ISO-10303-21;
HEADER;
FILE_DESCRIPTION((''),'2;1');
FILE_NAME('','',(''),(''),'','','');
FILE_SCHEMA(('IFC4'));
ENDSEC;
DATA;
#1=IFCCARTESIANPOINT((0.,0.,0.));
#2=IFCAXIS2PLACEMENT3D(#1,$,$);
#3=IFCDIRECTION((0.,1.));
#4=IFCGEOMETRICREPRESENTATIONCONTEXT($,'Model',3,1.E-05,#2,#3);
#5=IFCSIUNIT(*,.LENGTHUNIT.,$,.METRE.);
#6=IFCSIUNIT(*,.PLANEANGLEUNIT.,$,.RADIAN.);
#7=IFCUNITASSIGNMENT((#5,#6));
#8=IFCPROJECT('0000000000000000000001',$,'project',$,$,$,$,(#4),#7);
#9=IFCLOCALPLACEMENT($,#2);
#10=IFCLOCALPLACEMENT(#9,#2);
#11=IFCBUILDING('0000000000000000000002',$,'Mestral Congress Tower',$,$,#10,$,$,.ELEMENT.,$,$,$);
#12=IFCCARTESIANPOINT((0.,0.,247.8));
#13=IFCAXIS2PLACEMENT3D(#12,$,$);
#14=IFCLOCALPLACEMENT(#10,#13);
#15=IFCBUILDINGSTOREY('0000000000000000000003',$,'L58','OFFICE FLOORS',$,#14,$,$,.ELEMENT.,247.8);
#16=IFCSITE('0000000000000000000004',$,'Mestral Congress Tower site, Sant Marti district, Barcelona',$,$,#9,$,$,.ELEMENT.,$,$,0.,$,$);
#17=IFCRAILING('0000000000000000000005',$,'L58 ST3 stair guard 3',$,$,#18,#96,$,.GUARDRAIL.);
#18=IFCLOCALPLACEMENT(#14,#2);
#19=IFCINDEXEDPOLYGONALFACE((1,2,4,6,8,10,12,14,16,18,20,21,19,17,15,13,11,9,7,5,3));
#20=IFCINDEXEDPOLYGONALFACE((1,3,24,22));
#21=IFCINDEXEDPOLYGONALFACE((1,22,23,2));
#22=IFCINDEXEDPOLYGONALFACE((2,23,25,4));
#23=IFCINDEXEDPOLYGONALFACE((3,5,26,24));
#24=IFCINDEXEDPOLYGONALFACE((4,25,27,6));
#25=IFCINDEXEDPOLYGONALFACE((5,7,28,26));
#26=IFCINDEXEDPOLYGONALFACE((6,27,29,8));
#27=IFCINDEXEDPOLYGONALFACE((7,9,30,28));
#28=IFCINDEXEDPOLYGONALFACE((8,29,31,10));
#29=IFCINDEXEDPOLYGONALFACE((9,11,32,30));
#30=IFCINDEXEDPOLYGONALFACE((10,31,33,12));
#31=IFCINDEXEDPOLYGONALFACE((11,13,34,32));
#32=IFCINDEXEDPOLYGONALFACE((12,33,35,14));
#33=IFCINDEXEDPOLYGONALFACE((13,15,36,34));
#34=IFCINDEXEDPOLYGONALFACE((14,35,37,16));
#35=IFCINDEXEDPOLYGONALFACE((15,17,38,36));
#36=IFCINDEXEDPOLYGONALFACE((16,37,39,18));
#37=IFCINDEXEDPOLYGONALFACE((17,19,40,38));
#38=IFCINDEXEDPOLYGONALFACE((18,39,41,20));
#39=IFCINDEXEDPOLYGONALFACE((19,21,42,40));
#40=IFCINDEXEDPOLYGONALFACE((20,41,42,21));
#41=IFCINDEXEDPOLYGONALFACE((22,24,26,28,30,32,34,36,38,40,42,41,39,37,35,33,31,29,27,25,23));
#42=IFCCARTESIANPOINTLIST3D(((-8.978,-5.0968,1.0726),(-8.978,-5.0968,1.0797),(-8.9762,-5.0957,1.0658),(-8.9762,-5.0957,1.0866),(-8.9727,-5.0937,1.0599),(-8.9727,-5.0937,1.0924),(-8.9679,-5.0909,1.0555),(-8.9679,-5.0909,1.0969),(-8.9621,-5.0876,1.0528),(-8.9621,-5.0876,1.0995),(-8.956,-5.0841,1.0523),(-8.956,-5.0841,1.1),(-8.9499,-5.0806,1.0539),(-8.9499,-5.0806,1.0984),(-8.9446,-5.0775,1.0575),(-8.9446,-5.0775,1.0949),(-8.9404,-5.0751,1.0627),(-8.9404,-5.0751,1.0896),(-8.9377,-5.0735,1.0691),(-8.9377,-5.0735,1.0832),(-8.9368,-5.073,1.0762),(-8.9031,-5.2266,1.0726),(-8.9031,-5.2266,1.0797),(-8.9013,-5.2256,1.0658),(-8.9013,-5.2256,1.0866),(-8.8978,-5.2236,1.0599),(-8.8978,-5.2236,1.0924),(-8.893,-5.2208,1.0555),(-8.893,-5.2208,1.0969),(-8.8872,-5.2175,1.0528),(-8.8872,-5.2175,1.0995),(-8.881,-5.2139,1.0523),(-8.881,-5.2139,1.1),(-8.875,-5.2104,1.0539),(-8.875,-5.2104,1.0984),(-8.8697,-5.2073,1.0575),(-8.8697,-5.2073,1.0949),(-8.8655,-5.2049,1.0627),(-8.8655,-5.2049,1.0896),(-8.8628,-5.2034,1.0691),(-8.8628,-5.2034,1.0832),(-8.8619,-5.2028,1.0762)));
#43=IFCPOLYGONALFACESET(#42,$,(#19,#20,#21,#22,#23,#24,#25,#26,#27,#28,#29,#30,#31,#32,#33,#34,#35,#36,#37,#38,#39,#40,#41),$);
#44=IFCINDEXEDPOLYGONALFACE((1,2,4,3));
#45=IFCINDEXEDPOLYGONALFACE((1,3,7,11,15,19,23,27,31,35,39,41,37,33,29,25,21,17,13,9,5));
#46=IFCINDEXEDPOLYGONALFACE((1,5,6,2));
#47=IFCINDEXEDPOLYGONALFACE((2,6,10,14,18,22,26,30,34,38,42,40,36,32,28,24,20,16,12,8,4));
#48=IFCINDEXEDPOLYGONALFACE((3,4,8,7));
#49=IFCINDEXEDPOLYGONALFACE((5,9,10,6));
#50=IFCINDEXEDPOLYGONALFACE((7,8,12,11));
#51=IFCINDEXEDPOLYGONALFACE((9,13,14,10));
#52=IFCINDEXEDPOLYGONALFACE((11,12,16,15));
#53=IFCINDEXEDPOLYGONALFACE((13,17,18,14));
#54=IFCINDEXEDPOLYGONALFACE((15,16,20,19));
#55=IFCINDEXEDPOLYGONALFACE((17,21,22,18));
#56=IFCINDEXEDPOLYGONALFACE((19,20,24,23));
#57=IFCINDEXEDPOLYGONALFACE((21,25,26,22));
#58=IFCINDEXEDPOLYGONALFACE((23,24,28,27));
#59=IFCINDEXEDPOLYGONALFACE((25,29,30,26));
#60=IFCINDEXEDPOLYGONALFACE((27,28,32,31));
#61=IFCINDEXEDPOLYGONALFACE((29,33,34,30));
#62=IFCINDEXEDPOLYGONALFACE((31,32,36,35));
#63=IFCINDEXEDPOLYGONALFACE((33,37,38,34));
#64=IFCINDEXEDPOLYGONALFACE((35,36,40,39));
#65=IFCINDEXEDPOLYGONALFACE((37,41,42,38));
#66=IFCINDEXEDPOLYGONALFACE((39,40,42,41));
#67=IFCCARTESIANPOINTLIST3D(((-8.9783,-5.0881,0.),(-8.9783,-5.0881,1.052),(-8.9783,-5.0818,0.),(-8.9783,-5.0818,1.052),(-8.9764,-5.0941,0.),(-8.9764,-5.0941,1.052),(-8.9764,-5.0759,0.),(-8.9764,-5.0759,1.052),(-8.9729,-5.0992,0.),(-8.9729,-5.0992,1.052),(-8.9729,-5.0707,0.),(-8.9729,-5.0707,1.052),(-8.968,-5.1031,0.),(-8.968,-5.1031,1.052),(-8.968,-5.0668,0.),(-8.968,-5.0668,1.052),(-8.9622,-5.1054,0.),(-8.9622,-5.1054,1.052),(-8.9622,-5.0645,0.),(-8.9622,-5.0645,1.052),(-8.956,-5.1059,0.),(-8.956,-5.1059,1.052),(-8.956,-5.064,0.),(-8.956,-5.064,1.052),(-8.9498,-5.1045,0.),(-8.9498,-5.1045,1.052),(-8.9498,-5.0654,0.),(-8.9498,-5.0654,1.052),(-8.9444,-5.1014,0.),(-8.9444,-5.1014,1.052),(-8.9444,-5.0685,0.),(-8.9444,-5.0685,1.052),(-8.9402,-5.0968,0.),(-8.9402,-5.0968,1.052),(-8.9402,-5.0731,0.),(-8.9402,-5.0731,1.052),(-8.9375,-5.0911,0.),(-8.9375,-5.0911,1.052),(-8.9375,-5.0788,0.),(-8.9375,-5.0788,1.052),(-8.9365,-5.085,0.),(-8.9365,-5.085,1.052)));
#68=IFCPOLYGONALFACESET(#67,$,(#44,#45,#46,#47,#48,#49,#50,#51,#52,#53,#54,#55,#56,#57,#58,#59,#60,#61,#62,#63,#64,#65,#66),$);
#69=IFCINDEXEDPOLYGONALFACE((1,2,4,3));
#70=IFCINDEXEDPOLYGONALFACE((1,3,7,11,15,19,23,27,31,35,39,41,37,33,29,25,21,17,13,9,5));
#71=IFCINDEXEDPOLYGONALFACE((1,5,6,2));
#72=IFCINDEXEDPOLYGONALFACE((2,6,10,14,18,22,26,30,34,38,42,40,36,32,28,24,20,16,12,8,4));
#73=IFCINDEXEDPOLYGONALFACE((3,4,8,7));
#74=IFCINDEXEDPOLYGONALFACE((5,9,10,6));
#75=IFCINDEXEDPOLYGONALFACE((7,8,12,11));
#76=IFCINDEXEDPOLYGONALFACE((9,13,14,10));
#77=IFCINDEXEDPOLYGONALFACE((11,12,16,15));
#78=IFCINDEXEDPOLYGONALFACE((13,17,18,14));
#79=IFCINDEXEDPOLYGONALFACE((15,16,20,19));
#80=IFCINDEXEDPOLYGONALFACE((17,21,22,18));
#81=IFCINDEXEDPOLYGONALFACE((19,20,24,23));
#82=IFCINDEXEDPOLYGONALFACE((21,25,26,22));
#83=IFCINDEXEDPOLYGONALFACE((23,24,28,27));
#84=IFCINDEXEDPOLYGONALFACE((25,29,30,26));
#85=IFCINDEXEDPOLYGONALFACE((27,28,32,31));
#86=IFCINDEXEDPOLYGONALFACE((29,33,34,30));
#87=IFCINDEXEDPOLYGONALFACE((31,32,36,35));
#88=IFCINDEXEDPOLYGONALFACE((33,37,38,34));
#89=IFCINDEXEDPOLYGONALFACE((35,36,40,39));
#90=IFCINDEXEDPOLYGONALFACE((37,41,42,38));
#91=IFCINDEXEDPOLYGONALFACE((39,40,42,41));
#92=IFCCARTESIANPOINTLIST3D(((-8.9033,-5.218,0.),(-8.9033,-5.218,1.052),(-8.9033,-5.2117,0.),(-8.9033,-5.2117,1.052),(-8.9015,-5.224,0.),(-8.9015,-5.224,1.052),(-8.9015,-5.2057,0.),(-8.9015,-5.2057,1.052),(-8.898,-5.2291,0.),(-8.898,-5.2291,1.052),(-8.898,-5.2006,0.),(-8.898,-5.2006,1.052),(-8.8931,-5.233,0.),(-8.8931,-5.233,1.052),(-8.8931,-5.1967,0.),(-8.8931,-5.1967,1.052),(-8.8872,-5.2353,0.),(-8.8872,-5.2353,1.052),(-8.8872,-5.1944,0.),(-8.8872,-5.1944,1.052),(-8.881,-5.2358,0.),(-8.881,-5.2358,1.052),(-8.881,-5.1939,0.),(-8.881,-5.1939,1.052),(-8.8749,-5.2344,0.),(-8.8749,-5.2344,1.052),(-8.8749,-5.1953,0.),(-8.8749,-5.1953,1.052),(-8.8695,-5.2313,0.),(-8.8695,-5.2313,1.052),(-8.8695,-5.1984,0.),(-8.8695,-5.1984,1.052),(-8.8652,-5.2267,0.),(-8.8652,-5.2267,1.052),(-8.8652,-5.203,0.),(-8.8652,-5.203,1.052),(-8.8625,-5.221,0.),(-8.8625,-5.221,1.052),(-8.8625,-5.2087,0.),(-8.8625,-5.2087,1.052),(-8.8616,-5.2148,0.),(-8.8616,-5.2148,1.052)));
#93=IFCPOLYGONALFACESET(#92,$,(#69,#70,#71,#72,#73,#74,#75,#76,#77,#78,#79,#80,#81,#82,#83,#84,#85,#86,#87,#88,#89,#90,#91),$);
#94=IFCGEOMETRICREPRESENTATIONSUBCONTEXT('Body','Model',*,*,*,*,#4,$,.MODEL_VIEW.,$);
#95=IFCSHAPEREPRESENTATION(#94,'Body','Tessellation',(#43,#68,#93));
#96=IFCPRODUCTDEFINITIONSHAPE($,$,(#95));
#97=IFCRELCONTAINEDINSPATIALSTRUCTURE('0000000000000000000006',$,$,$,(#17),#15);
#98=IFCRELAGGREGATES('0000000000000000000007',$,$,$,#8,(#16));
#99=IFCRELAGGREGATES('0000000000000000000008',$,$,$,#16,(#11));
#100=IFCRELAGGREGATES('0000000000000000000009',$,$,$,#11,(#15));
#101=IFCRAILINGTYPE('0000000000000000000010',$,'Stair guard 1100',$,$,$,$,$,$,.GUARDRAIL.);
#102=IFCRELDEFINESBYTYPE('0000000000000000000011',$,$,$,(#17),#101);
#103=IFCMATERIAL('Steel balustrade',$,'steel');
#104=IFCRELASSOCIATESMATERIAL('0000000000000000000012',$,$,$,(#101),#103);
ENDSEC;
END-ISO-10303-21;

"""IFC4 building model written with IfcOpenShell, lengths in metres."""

from ifc_helpers import new_model, si_unit, direction, frame, origin, origin_2d, place, context, subcontext, project, spatial, circle, extrude, material, type_object, element, save


model = new_model("IFC4")

# Units and contexts
model_context = context("Model", 3, precision=1e-05, world=origin(), true_north=direction((0.0, 1.0)))
body_context = subcontext(model_context, "Body", "Model", "MODEL_VIEW")
ifc_project = project(units=[si_unit("LENGTHUNIT", "METRE"), si_unit("PLANEANGLEUNIT", "RADIAN")], contexts=[model_context])

# Site, building, storey
site_placement = place(None, origin())
site = spatial("IfcSite", under=ifc_project, at=site_placement, Name="Mestral Congress Tower site, Sant Marti district, Barcelona", CompositionType="ELEMENT", RefElevation=0.0)
building_placement = place(site_placement, origin())
building = spatial("IfcBuilding", under=site, at=building_placement, Name="Mestral Congress Tower", CompositionType="ELEMENT")
storey_placement = place(building_placement, frame((0.0, 0.0, 247.8)))
storey = spatial("IfcBuildingStorey", under=building, at=storey_placement, Name="L58", Description="OFFICE FLOORS", CompositionType="ELEMENT", Elevation=247.8)

# Railing
ifc_material_1 = material(Name="Steel balustrade", Category="steel")
railing_type_1 = type_object("IfcRailingType", Name="Stair guard 1100", PredefinedType="GUARDRAIL", material=ifc_material_1)
railing_1_placement = place(storey_placement, frame((-8.9575, -5.085, 0.0)))
element("IfcRailing", 1, at=railing_1_placement, inside=storey, type_object=railing_type_1, Name="L58 ST3 stair guard 3", PredefinedType="GUARDRAIL", context=body_context, shape_type="SweptSolid", body=[
    extrude(circle(Radius=0.0239, at=origin_2d()), frame((0.0, 0.0, 1.0762), z_axis=(0.499816, -0.866131, 0.0), x_axis=(0.866131, 0.499816, 0.0)), (0.0, 0.0, 1.0), 0.1499),
    extrude(circle(Radius=0.021, at=origin_2d()), origin(), (0.0, 0.0, 1.0), 1.052),
    extrude(circle(Radius=0.021, at=origin_2d()), frame((0.075, -0.1299, 0.0)), (0.0, 0.0, 1.0), 1.052),
])

save(model, "model.ifc")
